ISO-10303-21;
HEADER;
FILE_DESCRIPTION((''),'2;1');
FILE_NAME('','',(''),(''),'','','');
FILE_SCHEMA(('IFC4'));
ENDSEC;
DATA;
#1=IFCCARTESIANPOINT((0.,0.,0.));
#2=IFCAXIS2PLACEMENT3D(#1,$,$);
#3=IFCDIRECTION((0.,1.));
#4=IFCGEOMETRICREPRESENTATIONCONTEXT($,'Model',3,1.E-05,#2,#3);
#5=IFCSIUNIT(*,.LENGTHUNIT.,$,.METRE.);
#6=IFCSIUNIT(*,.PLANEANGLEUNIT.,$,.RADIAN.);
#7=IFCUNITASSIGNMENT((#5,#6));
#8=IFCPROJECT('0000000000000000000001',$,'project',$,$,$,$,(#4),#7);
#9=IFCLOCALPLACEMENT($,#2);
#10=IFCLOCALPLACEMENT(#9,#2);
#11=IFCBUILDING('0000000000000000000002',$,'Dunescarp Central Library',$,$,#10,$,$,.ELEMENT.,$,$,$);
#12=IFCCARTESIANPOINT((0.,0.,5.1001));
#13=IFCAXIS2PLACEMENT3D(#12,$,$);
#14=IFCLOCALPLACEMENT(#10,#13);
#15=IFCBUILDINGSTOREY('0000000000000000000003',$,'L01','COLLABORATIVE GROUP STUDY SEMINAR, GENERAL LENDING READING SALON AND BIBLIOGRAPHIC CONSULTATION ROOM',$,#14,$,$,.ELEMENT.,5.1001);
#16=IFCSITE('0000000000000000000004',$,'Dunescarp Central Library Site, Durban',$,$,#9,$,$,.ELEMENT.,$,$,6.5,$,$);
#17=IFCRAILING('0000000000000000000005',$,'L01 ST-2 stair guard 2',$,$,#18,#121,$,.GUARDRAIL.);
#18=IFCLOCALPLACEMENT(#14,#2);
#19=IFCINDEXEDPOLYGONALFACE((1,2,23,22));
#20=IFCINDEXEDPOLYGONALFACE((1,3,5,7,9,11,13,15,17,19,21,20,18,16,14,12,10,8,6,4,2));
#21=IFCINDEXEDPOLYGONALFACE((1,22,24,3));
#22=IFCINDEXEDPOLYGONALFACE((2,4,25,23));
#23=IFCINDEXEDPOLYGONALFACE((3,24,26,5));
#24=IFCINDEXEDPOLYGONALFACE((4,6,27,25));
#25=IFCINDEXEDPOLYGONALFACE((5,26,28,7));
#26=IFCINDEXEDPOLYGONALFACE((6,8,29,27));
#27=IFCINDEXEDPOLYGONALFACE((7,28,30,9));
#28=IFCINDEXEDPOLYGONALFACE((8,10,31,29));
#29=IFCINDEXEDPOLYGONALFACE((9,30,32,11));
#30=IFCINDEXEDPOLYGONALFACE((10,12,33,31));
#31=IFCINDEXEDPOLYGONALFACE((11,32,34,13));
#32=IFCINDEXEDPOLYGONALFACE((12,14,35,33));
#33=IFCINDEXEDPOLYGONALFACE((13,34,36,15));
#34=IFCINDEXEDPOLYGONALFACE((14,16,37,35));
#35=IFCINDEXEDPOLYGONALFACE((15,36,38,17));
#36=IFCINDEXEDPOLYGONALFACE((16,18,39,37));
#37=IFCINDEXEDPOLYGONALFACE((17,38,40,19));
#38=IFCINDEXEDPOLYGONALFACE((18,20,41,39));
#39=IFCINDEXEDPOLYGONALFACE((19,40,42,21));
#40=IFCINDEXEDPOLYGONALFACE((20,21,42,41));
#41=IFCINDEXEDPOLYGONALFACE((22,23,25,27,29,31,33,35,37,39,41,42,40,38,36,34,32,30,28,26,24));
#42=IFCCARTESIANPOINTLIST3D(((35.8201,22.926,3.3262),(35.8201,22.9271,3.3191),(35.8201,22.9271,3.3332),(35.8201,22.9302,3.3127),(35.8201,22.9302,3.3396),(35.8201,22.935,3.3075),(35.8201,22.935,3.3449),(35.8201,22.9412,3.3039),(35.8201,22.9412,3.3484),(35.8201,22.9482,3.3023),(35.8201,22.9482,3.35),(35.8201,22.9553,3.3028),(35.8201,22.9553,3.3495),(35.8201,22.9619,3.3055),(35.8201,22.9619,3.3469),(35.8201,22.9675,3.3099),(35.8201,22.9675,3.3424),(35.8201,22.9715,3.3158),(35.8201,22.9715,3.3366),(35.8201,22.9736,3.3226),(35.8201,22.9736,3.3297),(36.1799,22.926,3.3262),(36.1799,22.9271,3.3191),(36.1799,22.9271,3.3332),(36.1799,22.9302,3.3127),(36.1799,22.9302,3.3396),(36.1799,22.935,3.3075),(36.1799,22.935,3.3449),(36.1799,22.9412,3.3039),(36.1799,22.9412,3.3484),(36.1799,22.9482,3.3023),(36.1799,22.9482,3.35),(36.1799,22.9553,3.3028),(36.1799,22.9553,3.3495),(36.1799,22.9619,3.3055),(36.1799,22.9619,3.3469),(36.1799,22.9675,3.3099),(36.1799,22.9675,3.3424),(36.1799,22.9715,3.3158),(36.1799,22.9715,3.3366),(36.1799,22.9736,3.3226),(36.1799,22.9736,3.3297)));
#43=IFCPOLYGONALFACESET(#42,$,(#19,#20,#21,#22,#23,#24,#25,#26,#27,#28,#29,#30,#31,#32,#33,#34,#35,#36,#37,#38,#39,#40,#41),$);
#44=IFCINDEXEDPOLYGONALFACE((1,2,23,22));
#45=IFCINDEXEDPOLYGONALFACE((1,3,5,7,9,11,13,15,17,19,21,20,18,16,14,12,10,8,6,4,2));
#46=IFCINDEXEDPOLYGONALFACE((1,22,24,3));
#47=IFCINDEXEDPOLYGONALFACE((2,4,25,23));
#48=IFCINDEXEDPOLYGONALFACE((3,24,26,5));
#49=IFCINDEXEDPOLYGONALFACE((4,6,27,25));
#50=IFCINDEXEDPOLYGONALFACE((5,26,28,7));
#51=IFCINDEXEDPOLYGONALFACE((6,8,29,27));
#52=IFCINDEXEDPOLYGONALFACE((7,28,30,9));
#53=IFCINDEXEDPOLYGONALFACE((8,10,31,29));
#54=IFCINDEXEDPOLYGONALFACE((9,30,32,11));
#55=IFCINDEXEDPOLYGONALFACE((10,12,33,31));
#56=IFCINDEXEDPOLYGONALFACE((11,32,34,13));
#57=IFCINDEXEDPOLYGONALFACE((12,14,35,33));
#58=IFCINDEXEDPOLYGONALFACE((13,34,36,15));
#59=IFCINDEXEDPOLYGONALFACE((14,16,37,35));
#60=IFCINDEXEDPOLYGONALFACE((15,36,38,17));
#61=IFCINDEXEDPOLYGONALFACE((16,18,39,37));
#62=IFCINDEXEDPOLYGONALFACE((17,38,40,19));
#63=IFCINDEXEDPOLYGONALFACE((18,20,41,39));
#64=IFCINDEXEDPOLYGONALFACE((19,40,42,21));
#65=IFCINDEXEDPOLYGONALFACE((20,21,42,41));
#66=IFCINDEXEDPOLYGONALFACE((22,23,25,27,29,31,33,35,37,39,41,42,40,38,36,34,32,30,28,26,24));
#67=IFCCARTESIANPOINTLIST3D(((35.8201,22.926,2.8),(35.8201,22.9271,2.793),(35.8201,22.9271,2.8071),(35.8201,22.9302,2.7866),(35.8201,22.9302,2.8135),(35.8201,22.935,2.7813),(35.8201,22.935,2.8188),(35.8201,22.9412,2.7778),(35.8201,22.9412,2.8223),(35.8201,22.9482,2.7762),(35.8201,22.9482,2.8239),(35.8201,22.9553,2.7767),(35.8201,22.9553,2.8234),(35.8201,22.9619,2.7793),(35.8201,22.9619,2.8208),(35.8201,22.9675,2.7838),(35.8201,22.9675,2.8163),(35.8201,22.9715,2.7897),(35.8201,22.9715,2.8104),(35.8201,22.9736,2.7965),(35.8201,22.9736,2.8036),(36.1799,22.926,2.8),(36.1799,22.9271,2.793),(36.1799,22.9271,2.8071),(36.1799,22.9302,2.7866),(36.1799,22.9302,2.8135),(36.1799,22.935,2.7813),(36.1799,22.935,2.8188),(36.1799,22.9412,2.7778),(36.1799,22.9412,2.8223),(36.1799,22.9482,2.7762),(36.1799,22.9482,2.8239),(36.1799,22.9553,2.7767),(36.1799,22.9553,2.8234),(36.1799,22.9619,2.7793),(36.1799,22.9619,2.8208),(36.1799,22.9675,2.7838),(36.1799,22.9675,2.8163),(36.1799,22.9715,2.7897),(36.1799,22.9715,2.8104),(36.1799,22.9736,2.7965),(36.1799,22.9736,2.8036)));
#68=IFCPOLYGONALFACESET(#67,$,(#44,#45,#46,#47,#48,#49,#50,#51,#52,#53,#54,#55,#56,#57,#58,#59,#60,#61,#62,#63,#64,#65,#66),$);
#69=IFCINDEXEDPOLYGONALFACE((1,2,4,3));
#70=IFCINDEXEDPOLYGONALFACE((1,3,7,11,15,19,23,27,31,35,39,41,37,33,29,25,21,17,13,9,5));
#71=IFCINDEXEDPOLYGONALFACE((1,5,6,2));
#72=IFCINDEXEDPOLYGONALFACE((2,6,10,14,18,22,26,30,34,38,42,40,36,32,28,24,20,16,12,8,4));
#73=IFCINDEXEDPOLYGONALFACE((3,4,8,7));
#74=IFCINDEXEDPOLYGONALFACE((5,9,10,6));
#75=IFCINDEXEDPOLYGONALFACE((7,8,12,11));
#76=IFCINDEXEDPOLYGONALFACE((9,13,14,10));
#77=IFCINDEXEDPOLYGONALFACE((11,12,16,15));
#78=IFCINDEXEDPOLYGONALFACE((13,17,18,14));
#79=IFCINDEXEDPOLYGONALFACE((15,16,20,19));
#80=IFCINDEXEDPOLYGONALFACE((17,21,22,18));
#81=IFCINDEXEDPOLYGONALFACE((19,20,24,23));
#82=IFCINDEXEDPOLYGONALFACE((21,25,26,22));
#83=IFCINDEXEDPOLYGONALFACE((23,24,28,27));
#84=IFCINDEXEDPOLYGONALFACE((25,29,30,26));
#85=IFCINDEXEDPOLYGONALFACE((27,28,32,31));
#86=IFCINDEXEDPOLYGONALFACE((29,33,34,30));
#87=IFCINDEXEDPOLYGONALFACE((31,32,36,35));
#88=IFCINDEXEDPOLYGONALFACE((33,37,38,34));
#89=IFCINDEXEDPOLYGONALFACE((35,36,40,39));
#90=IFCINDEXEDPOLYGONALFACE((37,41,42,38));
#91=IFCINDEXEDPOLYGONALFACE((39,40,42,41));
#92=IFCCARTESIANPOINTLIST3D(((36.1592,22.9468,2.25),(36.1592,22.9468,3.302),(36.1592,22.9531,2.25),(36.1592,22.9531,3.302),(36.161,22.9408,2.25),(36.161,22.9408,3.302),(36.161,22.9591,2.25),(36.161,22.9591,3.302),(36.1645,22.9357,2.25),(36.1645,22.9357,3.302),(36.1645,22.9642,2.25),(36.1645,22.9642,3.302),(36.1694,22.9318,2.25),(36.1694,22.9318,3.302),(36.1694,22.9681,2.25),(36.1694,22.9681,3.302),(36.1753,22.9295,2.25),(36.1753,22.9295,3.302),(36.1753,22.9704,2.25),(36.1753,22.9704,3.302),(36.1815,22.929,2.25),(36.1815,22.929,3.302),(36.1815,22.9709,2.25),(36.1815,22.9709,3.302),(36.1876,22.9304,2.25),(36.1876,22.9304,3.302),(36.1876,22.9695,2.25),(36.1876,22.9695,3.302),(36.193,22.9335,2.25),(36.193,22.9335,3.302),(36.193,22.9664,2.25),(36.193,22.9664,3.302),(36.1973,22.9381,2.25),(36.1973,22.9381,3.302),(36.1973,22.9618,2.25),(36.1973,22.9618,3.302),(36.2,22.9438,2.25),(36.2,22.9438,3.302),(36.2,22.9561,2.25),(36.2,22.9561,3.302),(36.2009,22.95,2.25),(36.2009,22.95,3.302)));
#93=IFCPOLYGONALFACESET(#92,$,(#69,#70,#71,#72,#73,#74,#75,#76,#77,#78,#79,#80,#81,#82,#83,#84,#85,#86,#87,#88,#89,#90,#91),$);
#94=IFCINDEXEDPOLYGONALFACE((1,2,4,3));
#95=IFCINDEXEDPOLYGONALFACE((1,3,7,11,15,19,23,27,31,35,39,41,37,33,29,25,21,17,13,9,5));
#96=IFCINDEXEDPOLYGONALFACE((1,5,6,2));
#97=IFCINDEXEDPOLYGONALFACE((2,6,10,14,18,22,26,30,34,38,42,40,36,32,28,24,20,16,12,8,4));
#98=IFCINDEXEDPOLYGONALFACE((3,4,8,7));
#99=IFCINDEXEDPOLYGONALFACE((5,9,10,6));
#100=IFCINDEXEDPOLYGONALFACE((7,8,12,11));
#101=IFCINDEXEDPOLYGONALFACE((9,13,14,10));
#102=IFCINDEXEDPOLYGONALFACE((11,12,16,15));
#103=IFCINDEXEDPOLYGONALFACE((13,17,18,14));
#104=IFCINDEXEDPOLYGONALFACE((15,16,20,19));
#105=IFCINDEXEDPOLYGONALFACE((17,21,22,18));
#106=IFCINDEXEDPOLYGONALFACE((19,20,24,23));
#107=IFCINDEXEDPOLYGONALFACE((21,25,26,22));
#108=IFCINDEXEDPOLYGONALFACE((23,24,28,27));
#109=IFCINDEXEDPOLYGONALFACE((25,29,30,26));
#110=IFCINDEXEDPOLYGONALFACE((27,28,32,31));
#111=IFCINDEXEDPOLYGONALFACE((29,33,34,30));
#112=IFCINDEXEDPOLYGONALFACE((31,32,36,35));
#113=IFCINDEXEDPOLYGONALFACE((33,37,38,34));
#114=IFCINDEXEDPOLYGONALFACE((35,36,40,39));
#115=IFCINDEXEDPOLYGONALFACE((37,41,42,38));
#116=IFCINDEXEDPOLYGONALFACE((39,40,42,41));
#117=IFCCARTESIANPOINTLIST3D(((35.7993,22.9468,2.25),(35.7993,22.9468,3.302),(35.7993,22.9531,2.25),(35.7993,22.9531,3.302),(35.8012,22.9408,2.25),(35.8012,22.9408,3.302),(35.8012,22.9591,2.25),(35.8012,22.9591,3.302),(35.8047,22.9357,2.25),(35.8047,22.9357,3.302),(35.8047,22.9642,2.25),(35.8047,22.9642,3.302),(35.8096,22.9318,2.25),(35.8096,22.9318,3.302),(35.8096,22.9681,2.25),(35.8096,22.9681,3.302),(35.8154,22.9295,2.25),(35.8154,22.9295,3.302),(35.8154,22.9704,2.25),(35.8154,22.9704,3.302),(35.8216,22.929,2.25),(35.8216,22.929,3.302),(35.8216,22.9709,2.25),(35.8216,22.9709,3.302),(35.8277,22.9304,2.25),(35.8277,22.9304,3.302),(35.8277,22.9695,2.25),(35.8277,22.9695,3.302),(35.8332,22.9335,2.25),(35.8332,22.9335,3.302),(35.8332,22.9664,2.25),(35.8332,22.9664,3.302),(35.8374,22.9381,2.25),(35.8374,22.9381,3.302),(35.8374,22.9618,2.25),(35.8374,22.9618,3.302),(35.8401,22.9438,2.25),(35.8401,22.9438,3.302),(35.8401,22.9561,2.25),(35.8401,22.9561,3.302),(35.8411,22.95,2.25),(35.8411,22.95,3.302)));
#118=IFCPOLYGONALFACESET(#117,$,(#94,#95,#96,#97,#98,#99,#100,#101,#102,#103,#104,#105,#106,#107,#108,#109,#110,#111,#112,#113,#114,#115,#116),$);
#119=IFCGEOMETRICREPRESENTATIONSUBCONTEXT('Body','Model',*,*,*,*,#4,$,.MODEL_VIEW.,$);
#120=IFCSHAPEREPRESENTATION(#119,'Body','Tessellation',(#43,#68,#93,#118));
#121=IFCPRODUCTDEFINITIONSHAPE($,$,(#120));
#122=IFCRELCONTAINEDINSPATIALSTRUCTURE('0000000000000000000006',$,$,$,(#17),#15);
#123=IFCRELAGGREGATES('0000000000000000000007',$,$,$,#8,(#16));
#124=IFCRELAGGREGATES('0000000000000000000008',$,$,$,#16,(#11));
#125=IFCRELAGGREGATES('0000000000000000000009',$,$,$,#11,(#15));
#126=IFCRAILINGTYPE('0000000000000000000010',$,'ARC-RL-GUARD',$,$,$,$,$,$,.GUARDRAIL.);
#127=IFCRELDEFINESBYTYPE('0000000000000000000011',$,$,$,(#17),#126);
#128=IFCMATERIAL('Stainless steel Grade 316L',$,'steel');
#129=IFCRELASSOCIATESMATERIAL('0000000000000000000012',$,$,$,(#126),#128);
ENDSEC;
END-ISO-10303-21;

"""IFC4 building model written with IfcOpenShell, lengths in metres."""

from ifc_helpers import new_model, si_unit, direction, frame, origin, origin_2d, place, context, subcontext, project, spatial, circle, extrude, material, type_object, element, save


model = new_model("IFC4")

# Units and contexts
model_context = context("Model", 3, precision=1e-05, world=origin(), true_north=direction((0.0, 1.0)))
body_context = subcontext(model_context, "Body", "Model", "MODEL_VIEW")
ifc_project = project(units=[si_unit("LENGTHUNIT", "METRE"), si_unit("PLANEANGLEUNIT", "RADIAN")], contexts=[model_context])

# Site, building, storey
site_placement = place(None, origin())
site = spatial("IfcSite", under=ifc_project, at=site_placement, Name="Dunescarp Central Library Site, Durban", CompositionType="ELEMENT", RefElevation=6.5)
building_placement = place(site_placement, origin())
building = spatial("IfcBuilding", under=site, at=building_placement, Name="Dunescarp Central Library", CompositionType="ELEMENT")
storey_placement = place(building_placement, frame((0.0, 0.0, 5.1001)))
storey = spatial("IfcBuildingStorey", under=building, at=storey_placement, Name="L01", Description="COLLABORATIVE GROUP STUDY SEMINAR, GENERAL LENDING READING SALON AND BIBLIOGRAPHIC CONSULTATION ROOM", CompositionType="ELEMENT", Elevation=5.1001)

# Railing
ifc_material_1 = material(Name="Stainless steel Grade 316L", Category="steel")
railing_type_1 = type_object("IfcRailingType", Name="ARC-RL-GUARD", PredefinedType="GUARDRAIL", material=ifc_material_1)
railing_1_placement = place(storey_placement, frame((36.1799, 22.95, 2.25)))
element("IfcRailing", 1, at=railing_1_placement, inside=storey, type_object=railing_type_1, Name="L01 ST-2 stair guard 2", PredefinedType="GUARDRAIL", context=body_context, shape_type="SweptSolid", body=[
    extrude(circle(Radius=0.0239, at=origin_2d()), frame((0.0, 0.0, 1.0762), z_axis=(-1.0, 0.0, 0.0), x_axis=(0.0, -1.0, 0.0)), (0.0, 0.0, 1.0), 0.3599),
    extrude(circle(Radius=0.0239, at=origin_2d()), frame((0.0, 0.0, 0.55), z_axis=(-1.0, 0.0, 0.0), x_axis=(0.0, -1.0, 0.0)), (0.0, 0.0, 1.0), 0.3599),
    extrude(circle(Radius=0.021, at=origin_2d()), origin(), (0.0, 0.0, 1.0), 1.052),
    extrude(circle(Radius=0.021, at=origin_2d()), frame((-0.3599, 0.0, 0.0)), (0.0, 0.0, 1.0), 1.052),
])

save(model, "model.ifc")
